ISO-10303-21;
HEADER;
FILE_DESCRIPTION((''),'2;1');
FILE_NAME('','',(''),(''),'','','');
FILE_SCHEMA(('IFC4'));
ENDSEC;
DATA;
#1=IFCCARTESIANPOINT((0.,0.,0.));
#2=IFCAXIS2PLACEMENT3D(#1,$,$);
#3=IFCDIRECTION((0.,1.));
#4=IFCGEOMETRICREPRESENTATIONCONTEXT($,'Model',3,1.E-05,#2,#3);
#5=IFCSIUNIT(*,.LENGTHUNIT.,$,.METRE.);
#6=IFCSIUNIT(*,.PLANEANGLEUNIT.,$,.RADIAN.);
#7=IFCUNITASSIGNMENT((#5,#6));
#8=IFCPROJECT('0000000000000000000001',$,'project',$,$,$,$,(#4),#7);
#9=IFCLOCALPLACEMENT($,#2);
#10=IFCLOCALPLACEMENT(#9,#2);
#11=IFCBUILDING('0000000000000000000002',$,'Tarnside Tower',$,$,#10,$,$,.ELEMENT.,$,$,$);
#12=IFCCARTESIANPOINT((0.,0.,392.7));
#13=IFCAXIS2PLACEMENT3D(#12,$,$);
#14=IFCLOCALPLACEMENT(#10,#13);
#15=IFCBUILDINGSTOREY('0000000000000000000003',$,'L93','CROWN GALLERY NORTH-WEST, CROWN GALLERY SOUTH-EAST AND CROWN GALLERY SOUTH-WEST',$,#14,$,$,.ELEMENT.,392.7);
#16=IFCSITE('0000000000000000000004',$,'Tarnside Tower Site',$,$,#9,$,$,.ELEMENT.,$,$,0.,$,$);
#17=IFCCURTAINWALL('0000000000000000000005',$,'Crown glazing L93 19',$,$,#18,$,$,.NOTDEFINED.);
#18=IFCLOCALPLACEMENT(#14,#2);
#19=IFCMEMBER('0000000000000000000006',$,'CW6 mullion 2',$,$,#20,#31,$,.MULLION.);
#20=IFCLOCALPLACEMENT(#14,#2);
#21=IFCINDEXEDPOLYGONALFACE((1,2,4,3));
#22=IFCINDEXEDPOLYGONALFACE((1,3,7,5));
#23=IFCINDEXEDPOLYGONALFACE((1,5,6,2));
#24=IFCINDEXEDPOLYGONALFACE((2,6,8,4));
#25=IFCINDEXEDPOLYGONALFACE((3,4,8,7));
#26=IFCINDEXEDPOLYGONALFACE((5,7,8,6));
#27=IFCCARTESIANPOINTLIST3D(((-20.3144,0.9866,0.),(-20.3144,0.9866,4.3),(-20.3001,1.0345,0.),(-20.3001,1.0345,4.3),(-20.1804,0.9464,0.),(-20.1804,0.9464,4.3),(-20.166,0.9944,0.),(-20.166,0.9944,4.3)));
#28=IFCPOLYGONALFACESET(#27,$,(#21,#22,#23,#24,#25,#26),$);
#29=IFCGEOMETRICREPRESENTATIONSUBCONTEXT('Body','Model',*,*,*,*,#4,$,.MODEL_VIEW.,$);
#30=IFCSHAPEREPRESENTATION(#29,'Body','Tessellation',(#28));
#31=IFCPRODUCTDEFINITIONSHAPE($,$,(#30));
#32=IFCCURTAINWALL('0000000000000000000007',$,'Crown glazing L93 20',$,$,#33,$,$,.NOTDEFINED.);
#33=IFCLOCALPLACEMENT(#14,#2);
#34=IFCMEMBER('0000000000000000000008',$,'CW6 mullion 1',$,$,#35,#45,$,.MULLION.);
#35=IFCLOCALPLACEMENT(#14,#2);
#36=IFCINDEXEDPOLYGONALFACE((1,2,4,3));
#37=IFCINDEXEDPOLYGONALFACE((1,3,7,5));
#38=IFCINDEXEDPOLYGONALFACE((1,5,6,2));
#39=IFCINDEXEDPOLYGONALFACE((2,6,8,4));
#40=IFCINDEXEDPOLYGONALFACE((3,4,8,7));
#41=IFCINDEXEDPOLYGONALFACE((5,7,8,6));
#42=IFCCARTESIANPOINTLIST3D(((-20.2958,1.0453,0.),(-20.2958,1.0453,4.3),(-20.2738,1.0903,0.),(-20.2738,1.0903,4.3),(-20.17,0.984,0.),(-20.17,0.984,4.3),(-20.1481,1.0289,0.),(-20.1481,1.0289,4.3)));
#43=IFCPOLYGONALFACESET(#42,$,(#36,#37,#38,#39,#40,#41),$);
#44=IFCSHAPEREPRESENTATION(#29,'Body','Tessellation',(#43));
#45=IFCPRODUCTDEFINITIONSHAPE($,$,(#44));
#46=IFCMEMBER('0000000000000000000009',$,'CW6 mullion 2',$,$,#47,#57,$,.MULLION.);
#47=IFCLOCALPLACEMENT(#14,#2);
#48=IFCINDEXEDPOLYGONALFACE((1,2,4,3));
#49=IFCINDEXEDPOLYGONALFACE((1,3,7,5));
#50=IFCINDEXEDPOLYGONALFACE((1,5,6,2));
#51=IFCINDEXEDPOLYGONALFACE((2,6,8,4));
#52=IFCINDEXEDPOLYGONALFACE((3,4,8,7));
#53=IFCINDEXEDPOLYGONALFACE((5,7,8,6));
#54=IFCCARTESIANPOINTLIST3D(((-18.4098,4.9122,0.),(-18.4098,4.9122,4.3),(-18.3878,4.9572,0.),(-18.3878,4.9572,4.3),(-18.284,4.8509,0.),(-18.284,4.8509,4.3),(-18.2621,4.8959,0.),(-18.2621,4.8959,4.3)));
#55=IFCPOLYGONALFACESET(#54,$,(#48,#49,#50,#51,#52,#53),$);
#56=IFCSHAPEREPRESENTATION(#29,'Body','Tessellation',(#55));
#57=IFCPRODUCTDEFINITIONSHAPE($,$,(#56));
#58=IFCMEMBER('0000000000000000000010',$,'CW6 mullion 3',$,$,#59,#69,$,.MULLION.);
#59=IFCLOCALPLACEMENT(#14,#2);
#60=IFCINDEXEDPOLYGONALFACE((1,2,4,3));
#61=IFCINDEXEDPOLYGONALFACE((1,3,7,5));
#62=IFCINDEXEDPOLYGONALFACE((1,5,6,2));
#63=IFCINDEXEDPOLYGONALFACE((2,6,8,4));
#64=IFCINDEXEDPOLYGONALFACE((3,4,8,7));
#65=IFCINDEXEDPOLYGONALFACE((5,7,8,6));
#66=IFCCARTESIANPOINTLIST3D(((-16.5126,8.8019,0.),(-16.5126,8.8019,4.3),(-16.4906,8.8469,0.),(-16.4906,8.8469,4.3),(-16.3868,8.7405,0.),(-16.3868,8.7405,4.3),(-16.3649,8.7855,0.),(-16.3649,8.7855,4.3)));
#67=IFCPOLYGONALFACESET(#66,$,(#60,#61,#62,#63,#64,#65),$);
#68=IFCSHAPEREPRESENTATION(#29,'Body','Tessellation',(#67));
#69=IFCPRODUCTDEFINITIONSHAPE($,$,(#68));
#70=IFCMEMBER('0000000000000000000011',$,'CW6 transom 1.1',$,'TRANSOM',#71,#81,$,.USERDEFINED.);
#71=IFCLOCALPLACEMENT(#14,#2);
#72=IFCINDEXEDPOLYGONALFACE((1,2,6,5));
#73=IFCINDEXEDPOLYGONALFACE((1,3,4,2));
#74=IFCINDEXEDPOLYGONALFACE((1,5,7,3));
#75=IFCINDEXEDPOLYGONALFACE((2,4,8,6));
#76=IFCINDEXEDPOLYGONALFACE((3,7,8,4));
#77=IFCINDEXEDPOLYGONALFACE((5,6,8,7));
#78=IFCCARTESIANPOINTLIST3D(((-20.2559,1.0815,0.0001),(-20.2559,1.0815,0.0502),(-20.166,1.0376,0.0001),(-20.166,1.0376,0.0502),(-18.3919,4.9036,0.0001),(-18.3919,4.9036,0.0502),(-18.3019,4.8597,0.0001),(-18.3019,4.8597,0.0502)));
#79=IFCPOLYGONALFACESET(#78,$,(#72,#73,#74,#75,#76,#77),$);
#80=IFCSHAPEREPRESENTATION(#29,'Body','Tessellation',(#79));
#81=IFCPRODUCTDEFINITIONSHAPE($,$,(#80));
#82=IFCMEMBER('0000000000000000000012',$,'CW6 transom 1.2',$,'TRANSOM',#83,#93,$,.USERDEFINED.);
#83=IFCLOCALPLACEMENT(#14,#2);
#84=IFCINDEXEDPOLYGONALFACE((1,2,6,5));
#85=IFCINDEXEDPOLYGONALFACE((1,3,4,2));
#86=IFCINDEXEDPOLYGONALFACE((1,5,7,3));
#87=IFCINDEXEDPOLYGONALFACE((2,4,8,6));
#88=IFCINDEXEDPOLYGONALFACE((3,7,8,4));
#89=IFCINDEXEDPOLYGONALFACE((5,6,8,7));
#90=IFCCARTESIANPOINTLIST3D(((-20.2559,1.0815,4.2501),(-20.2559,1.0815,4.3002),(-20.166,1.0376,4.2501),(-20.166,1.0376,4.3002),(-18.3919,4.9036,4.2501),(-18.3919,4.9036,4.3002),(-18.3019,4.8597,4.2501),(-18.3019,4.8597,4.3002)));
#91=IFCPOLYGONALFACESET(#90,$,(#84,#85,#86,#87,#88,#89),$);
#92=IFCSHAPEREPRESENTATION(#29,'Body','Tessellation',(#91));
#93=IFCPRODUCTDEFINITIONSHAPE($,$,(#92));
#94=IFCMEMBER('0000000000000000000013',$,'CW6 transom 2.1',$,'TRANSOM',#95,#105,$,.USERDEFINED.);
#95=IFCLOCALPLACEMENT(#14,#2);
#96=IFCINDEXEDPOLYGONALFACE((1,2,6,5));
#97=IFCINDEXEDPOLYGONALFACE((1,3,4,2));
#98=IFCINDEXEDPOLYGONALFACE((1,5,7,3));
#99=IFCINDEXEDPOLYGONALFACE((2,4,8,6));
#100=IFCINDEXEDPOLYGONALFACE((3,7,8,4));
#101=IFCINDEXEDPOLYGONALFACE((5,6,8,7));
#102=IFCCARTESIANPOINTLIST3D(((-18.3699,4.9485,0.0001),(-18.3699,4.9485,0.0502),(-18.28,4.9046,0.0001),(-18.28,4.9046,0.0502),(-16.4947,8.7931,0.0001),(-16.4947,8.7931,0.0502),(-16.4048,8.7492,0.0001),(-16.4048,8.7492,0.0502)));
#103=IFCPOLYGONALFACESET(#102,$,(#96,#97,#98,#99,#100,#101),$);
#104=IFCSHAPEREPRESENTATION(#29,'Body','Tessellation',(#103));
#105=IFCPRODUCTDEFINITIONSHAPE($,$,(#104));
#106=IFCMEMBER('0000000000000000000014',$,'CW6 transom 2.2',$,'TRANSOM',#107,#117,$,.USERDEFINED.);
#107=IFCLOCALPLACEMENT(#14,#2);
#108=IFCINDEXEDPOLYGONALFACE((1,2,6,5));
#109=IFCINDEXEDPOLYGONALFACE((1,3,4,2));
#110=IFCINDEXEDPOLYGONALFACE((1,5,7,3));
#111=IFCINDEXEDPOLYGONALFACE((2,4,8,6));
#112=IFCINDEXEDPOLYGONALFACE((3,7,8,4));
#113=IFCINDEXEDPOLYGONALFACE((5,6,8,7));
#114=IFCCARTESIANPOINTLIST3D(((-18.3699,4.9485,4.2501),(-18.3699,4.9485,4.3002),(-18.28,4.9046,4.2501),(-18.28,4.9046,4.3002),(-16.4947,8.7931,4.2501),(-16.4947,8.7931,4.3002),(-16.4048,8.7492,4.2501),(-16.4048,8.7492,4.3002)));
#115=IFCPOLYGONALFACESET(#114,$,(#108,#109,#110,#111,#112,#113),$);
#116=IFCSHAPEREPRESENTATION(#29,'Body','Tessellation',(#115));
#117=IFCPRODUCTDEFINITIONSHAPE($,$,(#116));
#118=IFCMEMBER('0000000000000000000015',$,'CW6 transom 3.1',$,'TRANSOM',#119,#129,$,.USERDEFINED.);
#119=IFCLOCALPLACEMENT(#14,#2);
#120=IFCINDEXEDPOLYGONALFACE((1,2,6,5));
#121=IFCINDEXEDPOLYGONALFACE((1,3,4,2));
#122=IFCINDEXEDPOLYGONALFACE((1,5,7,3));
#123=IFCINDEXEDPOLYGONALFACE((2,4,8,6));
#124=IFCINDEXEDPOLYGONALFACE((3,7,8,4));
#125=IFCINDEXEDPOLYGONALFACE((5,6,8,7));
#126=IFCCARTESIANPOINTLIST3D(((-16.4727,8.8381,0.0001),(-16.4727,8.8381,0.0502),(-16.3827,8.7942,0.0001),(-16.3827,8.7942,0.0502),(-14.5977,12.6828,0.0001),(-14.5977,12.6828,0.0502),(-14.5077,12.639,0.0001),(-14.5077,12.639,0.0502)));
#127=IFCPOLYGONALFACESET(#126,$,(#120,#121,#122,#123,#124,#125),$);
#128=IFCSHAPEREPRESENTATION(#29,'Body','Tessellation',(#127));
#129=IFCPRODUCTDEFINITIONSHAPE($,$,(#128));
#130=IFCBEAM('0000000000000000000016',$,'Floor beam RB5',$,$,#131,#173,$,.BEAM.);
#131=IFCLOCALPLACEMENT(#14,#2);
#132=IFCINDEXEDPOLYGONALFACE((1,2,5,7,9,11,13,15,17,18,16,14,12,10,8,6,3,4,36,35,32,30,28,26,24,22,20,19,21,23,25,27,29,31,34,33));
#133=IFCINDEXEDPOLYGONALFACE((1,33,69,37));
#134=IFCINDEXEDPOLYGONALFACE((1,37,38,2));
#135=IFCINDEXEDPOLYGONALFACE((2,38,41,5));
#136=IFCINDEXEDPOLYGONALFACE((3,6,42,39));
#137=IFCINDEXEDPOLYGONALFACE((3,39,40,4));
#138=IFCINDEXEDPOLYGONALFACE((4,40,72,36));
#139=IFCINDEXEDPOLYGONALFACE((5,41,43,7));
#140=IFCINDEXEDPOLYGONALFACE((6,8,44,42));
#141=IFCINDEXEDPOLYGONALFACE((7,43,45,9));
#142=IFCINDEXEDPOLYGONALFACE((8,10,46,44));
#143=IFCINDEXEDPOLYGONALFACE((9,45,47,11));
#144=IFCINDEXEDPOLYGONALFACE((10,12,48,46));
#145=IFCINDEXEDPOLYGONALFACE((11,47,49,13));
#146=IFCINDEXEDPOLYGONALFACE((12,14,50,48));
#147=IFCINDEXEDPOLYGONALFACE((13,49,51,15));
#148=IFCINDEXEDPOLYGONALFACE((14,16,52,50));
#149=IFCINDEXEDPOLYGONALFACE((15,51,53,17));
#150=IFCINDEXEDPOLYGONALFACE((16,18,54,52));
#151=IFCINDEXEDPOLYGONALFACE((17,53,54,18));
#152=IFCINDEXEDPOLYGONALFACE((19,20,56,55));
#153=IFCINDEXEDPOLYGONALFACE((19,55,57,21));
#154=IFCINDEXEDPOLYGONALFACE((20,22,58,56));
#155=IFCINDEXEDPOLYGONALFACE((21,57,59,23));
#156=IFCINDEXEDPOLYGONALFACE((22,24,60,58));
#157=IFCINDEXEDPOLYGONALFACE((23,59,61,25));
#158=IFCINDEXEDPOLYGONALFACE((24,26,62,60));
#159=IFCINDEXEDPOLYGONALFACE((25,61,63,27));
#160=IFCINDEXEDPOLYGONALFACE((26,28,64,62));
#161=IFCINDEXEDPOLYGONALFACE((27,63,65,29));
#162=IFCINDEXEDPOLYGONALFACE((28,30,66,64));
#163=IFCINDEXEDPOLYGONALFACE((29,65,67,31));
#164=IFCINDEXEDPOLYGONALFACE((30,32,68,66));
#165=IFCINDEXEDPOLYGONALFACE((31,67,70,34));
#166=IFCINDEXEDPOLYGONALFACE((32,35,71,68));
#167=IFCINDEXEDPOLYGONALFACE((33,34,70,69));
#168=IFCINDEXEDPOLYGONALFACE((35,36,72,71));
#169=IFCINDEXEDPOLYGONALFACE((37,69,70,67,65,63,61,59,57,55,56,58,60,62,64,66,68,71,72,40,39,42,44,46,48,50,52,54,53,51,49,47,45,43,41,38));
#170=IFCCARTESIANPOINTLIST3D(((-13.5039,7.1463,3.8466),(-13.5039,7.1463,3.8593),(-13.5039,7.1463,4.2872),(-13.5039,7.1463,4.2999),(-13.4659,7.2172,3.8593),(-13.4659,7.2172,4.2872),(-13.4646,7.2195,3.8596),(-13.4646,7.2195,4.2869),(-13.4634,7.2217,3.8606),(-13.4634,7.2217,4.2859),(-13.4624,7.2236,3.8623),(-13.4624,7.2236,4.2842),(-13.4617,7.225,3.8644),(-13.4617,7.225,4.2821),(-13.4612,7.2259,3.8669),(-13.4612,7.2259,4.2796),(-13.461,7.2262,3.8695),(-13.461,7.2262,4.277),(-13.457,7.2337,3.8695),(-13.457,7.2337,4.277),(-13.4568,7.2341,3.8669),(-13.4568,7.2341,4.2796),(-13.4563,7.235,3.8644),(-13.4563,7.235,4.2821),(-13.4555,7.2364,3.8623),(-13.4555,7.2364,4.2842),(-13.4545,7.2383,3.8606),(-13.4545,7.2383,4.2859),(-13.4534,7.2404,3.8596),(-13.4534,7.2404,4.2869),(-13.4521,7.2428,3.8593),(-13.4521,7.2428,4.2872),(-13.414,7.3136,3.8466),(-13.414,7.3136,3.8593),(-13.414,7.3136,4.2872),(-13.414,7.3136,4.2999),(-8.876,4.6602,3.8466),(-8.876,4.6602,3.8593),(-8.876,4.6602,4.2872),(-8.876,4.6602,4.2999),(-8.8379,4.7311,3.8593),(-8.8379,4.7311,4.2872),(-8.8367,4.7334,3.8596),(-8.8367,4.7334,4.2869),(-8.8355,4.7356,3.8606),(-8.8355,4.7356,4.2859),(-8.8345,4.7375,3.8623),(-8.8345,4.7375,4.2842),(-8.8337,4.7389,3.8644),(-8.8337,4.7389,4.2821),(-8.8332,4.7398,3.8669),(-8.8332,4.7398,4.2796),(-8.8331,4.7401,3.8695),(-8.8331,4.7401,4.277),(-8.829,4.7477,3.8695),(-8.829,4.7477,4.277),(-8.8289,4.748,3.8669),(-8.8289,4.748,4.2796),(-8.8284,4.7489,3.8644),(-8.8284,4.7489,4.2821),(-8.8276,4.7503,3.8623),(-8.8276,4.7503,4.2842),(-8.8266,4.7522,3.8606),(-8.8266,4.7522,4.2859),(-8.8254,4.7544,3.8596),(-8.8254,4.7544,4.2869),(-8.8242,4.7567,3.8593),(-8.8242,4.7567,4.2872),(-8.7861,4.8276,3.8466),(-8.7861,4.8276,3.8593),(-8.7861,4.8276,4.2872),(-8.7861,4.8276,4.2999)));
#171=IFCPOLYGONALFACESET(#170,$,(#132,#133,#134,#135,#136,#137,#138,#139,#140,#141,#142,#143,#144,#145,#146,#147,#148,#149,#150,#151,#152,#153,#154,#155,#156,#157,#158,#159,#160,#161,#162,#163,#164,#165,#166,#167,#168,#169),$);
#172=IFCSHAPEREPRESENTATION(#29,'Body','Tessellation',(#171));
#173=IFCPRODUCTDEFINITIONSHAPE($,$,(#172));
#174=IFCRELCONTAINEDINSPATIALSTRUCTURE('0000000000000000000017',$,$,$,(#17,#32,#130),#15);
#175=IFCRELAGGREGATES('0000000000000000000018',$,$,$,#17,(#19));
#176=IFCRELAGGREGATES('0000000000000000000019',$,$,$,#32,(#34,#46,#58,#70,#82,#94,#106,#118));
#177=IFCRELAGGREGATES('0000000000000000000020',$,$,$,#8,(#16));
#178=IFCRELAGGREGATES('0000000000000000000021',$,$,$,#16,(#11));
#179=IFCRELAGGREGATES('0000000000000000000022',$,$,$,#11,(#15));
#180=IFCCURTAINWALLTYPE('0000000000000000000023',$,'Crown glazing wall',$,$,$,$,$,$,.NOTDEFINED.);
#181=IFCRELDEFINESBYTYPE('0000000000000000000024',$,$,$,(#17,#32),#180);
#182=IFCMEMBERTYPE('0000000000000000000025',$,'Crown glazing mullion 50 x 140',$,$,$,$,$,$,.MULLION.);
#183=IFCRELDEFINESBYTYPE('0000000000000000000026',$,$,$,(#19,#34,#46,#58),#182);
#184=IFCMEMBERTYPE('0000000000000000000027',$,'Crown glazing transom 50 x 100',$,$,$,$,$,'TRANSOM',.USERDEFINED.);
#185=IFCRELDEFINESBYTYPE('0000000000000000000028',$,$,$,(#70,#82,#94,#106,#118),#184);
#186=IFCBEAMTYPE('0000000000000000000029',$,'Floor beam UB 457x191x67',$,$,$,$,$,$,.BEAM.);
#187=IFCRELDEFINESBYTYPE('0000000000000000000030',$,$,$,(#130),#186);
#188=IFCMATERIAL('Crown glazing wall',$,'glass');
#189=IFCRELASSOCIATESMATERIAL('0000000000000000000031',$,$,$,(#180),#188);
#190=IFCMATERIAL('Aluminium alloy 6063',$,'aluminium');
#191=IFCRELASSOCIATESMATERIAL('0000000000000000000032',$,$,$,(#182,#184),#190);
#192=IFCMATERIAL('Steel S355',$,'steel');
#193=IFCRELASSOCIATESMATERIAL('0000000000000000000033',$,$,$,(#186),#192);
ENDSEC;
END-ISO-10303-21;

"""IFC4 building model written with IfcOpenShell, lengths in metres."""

from ifc_helpers import new_model, si_unit, direction, frame, origin, origin_2d, place, context, subcontext, project, spatial, rectangle, i_section, extrude, material, material_profile, profile_set, type_object, element, aggregate, save


model = new_model("IFC4")

# Units and contexts
model_context = context("Model", 3, precision=1e-05, world=origin(), true_north=direction((0.0, 1.0)))
body_context = subcontext(model_context, "Body", "Model", "MODEL_VIEW")
ifc_project = project(units=[si_unit("LENGTHUNIT", "METRE"), si_unit("PLANEANGLEUNIT", "RADIAN")], contexts=[model_context])

# Site, building, storey
site_placement = place(None, origin())
site = spatial("IfcSite", under=ifc_project, at=site_placement, Name="Tarnside Tower Site", CompositionType="ELEMENT", RefElevation=0.0)
building_placement = place(site_placement, origin())
building = spatial("IfcBuilding", under=site, at=building_placement, Name="Tarnside Tower", CompositionType="ELEMENT")
storey_placement = place(building_placement, frame((0.0, 0.0, 392.7)))
storey = spatial("IfcBuildingStorey", under=building, at=storey_placement, Name="L93", Description="CROWN GALLERY NORTH-WEST, CROWN GALLERY SOUTH-EAST AND CROWN GALLERY SOUTH-WEST", CompositionType="ELEMENT", Elevation=392.7)

# Curtain wall, member
ifc_material_1 = material(Name="Crown glazing wall", Category="glass")
curtain_wall_type = type_object("IfcCurtainWallType", Name="Crown glazing wall", PredefinedType="NOTDEFINED", material=ifc_material_1)
curtain_wall_1_placement = place(storey_placement, origin())
curtain_wall_1 = element("IfcCurtainWall", 1, at=curtain_wall_1_placement, inside=storey, type_object=curtain_wall_type, Name="Crown glazing L93 19", PredefinedType="NOTDEFINED")
ifc_material_2 = material(Name="Aluminium alloy 6063", Category="aluminium")
ifc_material_profile_1 = material_profile(ifc_material_2, rectangle(XDim=0.1399, YDim=0.05, at=origin_2d()), Name="Crown glazing mullion 50 x 140")
ifc_profile_set_1 = profile_set([ifc_material_profile_1], Name="Aluminium alloy 6063")
member_type_1 = type_object("IfcMemberType", Name="Crown glazing mullion 50 x 140", PredefinedType="MULLION", material=ifc_profile_set_1)
member_1_placement = place(storey_placement, frame((-20.2402, 0.9905, 0.0), z_axis=(0.0, 0.0, 1.0), x_axis=(-0.95799, 0.286803, 0.0)))
member_1 = element("IfcMember", 2, at=member_1_placement, type_object=member_type_1, Name="CW6 mullion 2", PredefinedType="MULLION", context=body_context, shape_type="SweptSolid", body=[
    extrude(rectangle(XDim=0.1399, YDim=0.05, at=origin_2d()), origin(), (0.0, 0.0, 1.0), 4.3),
])

# Curtain wall, members
curtain_wall_2_placement = place(storey_placement, origin())
curtain_wall_2 = element("IfcCurtainWall", 3, at=curtain_wall_2_placement, inside=storey, type_object=curtain_wall_type, Name="Crown glazing L93 20", PredefinedType="NOTDEFINED")
member_2_placement = place(storey_placement, frame((-20.2219, 1.0371, 0.0), z_axis=(0.0, 0.0, 1.0), x_axis=(-0.898794, 0.438371, 0.0)))
member_2 = element("IfcMember", 4, at=member_2_placement, type_object=member_type_1, Name="CW6 mullion 1", PredefinedType="MULLION", context=body_context, shape_type="SweptSolid", body=[
    extrude(rectangle(XDim=0.1399, YDim=0.05, at=origin_2d()), origin(), (0.0, 0.0, 1.0), 4.3),
])
member_3_placement = place(storey_placement, frame((-18.3359, 4.9041, 0.0), z_axis=(0.0, 0.0, 1.0), x_axis=(-0.898794, 0.438371, 0.0)))
member_3 = element("IfcMember", 5, at=member_3_placement, type_object=member_type_1, Name="CW6 mullion 2", PredefinedType="MULLION", context=body_context, shape_type="SweptSolid", body=[
    extrude(rectangle(XDim=0.1399, YDim=0.05, at=origin_2d()), origin(), (0.0, 0.0, 1.0), 4.3),
])
member_4_placement = place(storey_placement, frame((-16.4387, 8.7937, 0.0), z_axis=(0.0, 0.0, 1.0), x_axis=(-0.898794, 0.438371, 0.0)))
member_4 = element("IfcMember", 6, at=member_4_placement, type_object=member_type_1, Name="CW6 mullion 3", PredefinedType="MULLION", context=body_context, shape_type="SweptSolid", body=[
    extrude(rectangle(XDim=0.1399, YDim=0.05, at=origin_2d()), origin(), (0.0, 0.0, 1.0), 4.3),
])
ifc_material_profile_2 = material_profile(ifc_material_2, rectangle(XDim=0.1001, YDim=0.05, at=origin_2d()), Name="Crown glazing transom 50 x 100")
ifc_profile_set_2 = profile_set([ifc_material_profile_2], Name="Aluminium alloy 6063")
member_type_2 = type_object("IfcMemberType", Name="Crown glazing transom 50 x 100", ElementType="TRANSOM", PredefinedType="USERDEFINED", material=ifc_profile_set_2)
member_5_placement = place(storey_placement, frame((-20.2109, 1.0596, 0.0251), z_axis=(0.43835, 0.898804, 0.0), x_axis=(-0.898804, 0.43835, 0.0)))
member_5 = element("IfcMember", 7, at=member_5_placement, type_object=member_type_2, Name="CW6 transom 1.1", ObjectType="TRANSOM", PredefinedType="USERDEFINED", context=body_context, shape_type="SweptSolid", body=[
    extrude(rectangle(XDim=0.1001, YDim=0.05, at=origin_2d()), origin(), (0.0, 0.0, 1.0), 4.2524),
])
member_6_placement = place(storey_placement, frame((-20.2109, 1.0596, 4.2751), z_axis=(0.43835, 0.898804, 0.0), x_axis=(-0.898804, 0.43835, 0.0)))
member_6 = element("IfcMember", 8, at=member_6_placement, type_object=member_type_2, Name="CW6 transom 1.2", ObjectType="TRANSOM", PredefinedType="USERDEFINED", context=body_context, shape_type="SweptSolid", body=[
    extrude(rectangle(XDim=0.1001, YDim=0.05, at=origin_2d()), origin(), (0.0, 0.0, 1.0), 4.2524),
])
member_7_placement = place(storey_placement, frame((-18.325, 4.9265, 0.0251), z_axis=(0.43838, 0.89879, 0.0), x_axis=(-0.89879, 0.43838, 0.0)))
member_7 = element("IfcMember", 9, at=member_7_placement, type_object=member_type_2, Name="CW6 transom 2.1", ObjectType="TRANSOM", PredefinedType="USERDEFINED", context=body_context, shape_type="SweptSolid", body=[
    extrude(rectangle(XDim=0.1001, YDim=0.05, at=origin_2d()), origin(), (0.0, 0.0, 1.0), 4.2776),
])
member_8_placement = place(storey_placement, frame((-18.325, 4.9265, 4.2751), z_axis=(0.43838, 0.89879, 0.0), x_axis=(-0.89879, 0.43838, 0.0)))
member_8 = element("IfcMember", 10, at=member_8_placement, type_object=member_type_2, Name="CW6 transom 2.2", ObjectType="TRANSOM", PredefinedType="USERDEFINED", context=body_context, shape_type="SweptSolid", body=[
    extrude(rectangle(XDim=0.1001, YDim=0.05, at=origin_2d()), origin(), (0.0, 0.0, 1.0), 4.2776),
])
member_9_placement = place(storey_placement, frame((-16.4277, 8.8162, 0.0251), z_axis=(0.438334, 0.898812, 0.0), x_axis=(-0.898812, 0.438334, 0.0)))
member_9 = element("IfcMember", 11, at=member_9_placement, type_object=member_type_2, Name="CW6 transom 3.1", ObjectType="TRANSOM", PredefinedType="USERDEFINED", context=body_context, shape_type="SweptSolid", body=[
    extrude(rectangle(XDim=0.1001, YDim=0.05, at=origin_2d()), origin(), (0.0, 0.0, 1.0), 4.2776),
])

# Beam
ifc_material_3 = material(Name="Steel S355", Category="steel")
ifc_material_profile_3 = material_profile(ifc_material_3, i_section(OverallWidth=0.1899, OverallDepth=0.4534, WebThickness=0.0085, FlangeThickness=0.0127, FilletRadius=0.0103, at=origin_2d()), Name="UB 457x191x67")
ifc_profile_set_3 = profile_set([ifc_material_profile_3], Name="Steel S355")
beam_type_1 = type_object("IfcBeamType", Name="Floor beam UB 457x191x67", PredefinedType="BEAM", material=ifc_profile_set_3)
beam_1_placement = place(storey_placement, frame((-13.459, 7.23, 4.0732), z_axis=(0.880938, -0.473232, 0.0), x_axis=(0.473232, 0.880938, 0.0)))
element("IfcBeam", 12, at=beam_1_placement, inside=storey, type_object=beam_type_1, Name="Floor beam RB5", PredefinedType="BEAM", context=body_context, shape_type="SweptSolid", body=[
    extrude(i_section(OverallWidth=0.1899, OverallDepth=0.4534, WebThickness=0.0085, FlangeThickness=0.0127, FilletRadius=0.0103, at=origin_2d()), origin(), (0.0, 0.0, 1.0), 5.2534),
])

aggregate(curtain_wall_1, [member_1])
aggregate(curtain_wall_2, [member_2, member_3, member_4, member_5, member_6, member_7, member_8, member_9])

save(model, "model.ifc")
